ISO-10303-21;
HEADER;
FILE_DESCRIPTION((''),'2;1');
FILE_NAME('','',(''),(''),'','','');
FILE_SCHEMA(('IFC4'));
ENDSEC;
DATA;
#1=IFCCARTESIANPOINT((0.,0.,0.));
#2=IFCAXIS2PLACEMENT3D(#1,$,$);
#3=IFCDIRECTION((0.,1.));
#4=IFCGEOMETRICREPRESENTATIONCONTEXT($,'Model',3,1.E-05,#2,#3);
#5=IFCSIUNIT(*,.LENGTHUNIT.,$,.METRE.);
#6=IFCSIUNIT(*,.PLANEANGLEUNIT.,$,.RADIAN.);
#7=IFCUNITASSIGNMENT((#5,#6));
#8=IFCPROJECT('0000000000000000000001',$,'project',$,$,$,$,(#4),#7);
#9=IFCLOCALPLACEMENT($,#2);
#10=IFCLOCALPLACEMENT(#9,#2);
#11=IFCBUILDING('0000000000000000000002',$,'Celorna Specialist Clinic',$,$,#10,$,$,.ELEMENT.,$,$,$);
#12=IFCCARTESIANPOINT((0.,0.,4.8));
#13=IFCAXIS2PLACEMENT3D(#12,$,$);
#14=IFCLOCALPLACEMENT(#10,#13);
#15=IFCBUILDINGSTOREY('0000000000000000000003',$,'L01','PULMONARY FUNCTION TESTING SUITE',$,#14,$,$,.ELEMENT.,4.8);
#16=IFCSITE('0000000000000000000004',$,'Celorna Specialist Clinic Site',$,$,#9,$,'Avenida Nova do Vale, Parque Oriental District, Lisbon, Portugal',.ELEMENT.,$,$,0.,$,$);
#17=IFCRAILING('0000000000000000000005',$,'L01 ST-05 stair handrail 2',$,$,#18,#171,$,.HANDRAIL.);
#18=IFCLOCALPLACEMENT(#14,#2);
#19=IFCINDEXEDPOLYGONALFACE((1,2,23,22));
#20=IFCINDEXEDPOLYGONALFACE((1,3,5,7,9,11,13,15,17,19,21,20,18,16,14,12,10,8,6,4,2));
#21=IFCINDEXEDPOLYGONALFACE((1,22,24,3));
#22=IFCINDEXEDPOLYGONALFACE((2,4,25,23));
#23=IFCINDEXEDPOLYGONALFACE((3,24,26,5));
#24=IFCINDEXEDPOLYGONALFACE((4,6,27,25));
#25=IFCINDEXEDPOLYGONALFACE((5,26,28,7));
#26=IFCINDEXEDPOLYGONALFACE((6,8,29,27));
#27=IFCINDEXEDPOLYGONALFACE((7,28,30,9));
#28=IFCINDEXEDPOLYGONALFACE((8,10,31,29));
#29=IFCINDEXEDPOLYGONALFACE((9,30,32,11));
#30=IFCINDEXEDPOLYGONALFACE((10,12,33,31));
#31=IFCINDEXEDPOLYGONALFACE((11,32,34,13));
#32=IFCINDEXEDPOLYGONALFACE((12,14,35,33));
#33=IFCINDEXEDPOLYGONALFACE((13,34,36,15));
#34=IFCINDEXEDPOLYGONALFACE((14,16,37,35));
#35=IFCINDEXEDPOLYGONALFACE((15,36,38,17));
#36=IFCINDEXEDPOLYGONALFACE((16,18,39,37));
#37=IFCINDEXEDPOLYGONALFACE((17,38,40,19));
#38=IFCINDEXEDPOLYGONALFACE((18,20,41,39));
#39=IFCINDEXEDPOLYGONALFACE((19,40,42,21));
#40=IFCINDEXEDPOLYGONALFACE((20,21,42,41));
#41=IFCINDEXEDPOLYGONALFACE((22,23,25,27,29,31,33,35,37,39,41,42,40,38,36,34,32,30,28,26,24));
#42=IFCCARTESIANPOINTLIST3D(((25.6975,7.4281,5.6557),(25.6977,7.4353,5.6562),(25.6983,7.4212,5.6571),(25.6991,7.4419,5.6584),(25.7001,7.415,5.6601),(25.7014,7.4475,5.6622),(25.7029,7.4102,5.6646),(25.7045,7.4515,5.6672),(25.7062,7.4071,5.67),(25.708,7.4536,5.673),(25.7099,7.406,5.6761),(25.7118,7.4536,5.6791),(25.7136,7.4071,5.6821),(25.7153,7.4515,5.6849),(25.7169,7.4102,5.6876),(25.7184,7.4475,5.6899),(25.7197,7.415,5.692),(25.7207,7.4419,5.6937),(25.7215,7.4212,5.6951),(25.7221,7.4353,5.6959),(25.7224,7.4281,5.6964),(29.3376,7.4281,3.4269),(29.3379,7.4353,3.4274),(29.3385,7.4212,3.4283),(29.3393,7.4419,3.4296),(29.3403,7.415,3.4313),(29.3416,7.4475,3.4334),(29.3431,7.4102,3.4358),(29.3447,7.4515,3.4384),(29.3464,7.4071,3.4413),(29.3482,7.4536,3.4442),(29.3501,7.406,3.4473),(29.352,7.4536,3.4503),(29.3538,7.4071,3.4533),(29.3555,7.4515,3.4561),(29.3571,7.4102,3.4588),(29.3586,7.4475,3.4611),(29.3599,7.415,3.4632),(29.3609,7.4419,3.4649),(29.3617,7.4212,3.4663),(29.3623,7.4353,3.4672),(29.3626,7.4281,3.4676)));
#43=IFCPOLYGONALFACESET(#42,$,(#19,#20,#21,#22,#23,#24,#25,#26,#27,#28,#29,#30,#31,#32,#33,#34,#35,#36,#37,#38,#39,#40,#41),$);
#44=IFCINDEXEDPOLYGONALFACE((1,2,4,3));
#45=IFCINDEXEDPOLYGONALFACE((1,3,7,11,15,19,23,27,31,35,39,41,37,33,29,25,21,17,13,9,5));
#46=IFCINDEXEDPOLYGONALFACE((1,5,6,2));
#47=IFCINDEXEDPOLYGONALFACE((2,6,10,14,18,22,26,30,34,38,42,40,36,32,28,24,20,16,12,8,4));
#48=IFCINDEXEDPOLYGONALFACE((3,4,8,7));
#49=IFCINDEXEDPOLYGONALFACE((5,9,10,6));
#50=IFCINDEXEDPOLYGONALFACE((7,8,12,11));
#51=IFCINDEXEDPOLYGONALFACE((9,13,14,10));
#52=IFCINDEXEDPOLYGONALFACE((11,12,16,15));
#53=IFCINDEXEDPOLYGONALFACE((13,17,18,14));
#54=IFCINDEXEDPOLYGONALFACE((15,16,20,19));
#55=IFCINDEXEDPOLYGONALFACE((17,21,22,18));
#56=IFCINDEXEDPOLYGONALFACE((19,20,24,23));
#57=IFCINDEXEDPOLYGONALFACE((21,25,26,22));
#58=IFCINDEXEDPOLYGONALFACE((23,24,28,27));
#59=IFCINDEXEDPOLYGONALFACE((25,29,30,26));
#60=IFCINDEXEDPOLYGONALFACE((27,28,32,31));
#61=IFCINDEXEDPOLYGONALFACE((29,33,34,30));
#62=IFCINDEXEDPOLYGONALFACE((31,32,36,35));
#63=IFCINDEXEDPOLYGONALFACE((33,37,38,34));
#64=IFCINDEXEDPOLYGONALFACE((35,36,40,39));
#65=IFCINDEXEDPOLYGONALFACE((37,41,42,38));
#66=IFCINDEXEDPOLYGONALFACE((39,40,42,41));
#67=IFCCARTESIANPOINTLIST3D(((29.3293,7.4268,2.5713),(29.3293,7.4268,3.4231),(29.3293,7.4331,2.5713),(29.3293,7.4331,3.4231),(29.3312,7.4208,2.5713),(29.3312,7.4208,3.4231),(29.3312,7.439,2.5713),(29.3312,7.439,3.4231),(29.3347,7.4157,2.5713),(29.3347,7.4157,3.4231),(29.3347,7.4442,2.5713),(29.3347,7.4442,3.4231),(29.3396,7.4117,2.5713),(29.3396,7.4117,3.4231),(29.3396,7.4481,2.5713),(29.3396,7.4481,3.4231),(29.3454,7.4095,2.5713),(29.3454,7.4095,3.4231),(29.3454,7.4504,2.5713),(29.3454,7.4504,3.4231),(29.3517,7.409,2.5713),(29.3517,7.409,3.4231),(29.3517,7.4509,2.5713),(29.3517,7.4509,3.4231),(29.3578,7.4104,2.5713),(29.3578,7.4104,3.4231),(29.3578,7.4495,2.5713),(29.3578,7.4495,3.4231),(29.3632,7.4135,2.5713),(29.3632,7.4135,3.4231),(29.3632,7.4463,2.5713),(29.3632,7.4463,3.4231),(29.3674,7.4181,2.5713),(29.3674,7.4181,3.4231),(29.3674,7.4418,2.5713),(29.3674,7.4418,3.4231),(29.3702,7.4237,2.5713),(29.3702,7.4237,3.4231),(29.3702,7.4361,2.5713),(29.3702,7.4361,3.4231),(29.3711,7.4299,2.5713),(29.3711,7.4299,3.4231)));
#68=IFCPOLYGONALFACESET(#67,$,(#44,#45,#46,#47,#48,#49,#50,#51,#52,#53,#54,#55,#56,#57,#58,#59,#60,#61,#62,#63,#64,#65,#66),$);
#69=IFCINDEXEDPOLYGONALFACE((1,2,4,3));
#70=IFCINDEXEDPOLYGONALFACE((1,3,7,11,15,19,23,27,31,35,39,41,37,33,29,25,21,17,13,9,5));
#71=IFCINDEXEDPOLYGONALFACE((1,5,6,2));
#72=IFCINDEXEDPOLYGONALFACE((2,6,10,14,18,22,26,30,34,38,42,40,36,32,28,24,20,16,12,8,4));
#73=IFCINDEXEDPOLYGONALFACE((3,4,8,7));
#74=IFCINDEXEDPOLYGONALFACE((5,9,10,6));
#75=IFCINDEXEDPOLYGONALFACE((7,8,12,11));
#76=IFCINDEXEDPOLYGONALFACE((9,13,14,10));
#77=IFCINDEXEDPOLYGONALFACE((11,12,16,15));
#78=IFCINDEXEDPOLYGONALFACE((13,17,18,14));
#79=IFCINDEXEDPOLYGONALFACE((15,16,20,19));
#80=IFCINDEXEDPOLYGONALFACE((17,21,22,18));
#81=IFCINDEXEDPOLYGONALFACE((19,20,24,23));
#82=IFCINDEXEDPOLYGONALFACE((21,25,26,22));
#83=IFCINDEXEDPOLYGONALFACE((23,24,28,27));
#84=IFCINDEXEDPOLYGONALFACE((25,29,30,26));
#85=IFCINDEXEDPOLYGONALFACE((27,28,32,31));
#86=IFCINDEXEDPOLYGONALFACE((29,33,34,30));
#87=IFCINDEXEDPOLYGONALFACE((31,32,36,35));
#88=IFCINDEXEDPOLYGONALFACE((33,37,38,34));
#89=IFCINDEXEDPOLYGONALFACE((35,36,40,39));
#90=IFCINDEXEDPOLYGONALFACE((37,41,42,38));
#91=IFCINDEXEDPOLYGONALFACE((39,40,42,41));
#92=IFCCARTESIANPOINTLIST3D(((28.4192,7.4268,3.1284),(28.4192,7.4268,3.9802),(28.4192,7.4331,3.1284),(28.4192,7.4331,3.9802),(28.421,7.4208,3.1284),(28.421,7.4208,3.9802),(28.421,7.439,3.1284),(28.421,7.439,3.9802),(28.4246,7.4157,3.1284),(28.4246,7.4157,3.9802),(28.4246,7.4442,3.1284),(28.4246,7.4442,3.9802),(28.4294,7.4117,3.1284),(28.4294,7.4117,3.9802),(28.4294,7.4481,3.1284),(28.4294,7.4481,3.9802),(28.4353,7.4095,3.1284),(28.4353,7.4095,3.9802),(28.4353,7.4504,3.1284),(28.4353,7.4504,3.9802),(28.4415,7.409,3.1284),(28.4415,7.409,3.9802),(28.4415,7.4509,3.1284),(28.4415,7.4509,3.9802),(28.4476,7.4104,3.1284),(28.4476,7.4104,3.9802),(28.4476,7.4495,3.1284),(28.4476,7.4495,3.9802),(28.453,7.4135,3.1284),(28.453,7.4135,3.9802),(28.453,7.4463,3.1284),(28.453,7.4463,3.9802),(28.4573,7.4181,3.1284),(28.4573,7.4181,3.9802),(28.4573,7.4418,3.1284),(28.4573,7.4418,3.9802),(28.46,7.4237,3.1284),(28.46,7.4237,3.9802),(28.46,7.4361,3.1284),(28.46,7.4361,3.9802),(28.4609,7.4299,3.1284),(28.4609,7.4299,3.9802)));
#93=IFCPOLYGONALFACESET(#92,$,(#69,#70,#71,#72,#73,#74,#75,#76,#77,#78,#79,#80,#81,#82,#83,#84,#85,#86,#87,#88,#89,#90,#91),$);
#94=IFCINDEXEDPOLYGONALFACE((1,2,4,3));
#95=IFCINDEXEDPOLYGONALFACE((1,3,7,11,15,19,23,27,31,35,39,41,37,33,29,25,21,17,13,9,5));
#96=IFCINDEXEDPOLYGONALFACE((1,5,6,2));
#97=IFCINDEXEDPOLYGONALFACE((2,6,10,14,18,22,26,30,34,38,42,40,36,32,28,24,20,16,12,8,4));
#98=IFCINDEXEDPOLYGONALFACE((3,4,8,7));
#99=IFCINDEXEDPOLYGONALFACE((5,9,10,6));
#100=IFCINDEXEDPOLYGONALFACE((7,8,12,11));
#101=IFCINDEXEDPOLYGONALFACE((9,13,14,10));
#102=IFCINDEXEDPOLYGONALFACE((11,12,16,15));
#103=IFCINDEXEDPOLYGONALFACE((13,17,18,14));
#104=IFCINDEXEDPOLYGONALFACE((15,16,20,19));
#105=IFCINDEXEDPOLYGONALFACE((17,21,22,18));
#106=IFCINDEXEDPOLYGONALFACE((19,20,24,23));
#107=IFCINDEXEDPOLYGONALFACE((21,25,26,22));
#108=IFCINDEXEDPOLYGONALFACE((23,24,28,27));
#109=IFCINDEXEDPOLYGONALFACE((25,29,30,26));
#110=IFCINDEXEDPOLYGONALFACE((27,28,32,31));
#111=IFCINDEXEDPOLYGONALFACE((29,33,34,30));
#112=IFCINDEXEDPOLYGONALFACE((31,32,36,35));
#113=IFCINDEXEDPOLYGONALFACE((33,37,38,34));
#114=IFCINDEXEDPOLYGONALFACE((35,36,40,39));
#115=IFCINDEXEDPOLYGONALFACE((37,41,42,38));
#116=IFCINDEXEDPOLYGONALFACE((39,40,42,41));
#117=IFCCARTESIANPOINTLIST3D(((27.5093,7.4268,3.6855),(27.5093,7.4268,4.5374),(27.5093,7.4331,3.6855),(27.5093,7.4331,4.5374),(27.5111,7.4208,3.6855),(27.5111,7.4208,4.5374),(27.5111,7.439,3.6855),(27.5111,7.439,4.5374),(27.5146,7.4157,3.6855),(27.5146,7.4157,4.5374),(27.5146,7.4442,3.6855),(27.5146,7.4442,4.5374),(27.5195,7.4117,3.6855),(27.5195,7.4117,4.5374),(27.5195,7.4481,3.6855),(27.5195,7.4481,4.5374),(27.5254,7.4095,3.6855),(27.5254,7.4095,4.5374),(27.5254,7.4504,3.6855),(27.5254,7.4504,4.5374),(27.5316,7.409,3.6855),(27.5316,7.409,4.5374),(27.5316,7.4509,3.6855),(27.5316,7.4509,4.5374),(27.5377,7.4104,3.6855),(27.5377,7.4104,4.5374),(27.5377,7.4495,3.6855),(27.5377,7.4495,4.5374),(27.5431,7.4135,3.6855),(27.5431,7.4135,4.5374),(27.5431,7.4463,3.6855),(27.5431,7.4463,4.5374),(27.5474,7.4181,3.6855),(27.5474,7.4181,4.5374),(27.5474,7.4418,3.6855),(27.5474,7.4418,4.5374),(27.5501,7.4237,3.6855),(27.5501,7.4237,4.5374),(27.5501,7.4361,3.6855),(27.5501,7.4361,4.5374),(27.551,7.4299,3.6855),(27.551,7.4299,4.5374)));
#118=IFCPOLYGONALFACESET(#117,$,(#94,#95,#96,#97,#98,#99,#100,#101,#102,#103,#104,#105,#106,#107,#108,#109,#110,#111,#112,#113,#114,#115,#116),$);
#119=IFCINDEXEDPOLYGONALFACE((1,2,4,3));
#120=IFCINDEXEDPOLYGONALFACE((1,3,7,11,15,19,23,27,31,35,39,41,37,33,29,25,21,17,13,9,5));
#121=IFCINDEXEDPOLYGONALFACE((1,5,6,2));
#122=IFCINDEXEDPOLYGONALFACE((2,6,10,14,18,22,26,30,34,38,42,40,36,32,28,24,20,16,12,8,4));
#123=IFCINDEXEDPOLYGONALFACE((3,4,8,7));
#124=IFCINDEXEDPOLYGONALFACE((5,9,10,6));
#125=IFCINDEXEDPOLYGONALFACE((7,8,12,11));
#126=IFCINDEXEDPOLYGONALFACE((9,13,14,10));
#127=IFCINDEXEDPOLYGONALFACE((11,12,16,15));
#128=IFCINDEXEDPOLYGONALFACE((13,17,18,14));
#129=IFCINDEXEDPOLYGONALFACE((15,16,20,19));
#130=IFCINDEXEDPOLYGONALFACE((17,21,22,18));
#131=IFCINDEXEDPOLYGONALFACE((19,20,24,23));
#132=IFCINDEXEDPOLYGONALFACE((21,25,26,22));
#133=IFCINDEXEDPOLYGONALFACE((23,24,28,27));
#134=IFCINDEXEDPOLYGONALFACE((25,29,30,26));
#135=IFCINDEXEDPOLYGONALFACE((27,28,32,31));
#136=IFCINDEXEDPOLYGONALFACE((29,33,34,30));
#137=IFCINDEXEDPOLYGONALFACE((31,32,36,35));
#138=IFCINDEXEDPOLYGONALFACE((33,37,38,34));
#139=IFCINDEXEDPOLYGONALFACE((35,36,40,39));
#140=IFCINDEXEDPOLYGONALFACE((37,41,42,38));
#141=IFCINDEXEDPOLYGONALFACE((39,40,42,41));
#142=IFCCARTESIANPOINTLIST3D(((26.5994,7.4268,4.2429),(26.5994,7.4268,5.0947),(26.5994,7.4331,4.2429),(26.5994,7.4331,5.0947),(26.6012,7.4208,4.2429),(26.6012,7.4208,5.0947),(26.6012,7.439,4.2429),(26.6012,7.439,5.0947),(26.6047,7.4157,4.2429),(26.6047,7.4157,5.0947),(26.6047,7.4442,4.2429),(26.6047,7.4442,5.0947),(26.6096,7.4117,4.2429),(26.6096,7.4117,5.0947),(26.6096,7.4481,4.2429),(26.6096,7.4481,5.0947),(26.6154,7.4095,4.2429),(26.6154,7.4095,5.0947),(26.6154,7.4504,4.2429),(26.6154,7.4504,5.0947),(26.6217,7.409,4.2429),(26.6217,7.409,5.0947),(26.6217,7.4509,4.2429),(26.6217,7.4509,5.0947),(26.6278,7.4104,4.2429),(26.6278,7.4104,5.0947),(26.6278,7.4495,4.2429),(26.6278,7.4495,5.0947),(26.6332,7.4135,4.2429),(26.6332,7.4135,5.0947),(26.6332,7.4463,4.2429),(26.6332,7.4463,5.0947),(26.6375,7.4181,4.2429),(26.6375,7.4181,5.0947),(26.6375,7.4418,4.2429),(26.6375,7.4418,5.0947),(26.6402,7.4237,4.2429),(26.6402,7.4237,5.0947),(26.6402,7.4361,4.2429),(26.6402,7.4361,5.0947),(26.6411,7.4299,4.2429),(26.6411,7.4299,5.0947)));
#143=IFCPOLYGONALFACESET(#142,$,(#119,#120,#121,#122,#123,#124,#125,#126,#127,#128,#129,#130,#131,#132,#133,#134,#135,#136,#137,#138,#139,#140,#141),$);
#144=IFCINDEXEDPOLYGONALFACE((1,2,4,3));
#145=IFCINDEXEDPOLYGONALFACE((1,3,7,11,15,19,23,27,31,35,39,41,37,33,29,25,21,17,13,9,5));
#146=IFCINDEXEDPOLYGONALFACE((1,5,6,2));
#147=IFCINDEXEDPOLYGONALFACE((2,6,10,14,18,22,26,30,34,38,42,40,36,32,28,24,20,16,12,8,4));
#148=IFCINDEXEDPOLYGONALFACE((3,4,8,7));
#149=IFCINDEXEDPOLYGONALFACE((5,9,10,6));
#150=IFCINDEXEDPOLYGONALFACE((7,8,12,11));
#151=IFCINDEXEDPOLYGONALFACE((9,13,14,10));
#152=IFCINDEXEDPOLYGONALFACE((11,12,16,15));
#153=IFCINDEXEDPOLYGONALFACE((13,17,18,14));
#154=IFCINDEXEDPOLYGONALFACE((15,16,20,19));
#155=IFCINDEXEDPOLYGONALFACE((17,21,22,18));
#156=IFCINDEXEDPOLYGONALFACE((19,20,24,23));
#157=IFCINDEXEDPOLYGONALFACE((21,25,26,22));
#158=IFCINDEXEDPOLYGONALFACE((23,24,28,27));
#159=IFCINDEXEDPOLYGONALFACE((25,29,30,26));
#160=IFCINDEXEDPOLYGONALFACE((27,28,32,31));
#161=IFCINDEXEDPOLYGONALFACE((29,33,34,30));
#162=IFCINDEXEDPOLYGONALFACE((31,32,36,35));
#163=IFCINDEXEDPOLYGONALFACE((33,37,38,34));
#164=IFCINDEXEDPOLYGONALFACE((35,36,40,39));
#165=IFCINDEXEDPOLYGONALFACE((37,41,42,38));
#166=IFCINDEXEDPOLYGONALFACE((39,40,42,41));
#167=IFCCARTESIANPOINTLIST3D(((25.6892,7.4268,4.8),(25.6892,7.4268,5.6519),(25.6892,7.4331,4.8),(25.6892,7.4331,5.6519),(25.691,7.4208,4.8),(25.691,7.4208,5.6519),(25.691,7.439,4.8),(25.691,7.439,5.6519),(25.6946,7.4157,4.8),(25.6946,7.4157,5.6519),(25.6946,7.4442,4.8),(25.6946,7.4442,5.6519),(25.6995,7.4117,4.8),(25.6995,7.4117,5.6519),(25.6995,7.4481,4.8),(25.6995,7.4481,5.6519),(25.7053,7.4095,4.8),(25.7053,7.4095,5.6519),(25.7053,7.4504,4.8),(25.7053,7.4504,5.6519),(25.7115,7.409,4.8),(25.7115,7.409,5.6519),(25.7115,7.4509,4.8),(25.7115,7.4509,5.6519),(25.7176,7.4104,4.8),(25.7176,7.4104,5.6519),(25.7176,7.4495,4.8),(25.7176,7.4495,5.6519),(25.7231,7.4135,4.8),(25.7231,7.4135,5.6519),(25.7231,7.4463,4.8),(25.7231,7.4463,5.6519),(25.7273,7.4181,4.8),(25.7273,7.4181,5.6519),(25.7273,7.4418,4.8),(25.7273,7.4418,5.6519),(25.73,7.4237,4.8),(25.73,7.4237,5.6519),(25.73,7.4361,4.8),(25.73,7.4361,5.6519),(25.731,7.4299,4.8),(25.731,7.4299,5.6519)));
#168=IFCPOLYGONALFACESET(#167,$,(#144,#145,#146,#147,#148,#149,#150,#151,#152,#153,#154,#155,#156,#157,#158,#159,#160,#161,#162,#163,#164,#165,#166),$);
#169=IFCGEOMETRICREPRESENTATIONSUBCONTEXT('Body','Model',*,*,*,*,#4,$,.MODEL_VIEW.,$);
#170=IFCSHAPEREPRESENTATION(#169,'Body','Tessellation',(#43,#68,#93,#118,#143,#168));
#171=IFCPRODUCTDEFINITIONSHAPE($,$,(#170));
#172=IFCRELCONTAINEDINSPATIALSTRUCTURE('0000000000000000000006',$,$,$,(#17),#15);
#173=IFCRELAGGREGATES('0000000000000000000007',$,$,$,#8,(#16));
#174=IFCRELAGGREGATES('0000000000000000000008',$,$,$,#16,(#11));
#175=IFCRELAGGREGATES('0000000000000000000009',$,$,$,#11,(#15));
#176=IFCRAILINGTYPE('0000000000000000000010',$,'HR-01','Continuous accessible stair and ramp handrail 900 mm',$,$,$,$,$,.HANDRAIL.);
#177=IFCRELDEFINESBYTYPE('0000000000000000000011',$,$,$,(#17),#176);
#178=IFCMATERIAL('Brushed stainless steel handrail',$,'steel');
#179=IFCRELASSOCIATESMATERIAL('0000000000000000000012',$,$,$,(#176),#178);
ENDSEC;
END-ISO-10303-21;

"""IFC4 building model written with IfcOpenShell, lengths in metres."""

from ifc_helpers import new_model, si_unit, direction, frame, origin, origin_2d, place, context, subcontext, project, spatial, circle, extrude, material, type_object, element, save


model = new_model("IFC4")

# Units and contexts
model_context = context("Model", 3, precision=1e-05, world=origin(), true_north=direction((0.0, 1.0)))
body_context = subcontext(model_context, "Body", "Model", "MODEL_VIEW")
ifc_project = project(units=[si_unit("LENGTHUNIT", "METRE"), si_unit("PLANEANGLEUNIT", "RADIAN")], contexts=[model_context])

# Site, building, storey
site_placement = place(None, origin())
site = spatial("IfcSite", under=ifc_project, at=site_placement, Name="Celorna Specialist Clinic Site", LongName="Avenida Nova do Vale, Parque Oriental District, Lisbon, Portugal", CompositionType="ELEMENT", RefElevation=0.0)
building_placement = place(site_placement, origin())
building = spatial("IfcBuilding", under=site, at=building_placement, Name="Celorna Specialist Clinic", CompositionType="ELEMENT")
storey_placement = place(building_placement, frame((0.0, 0.0, 4.8)))
storey = spatial("IfcBuildingStorey", under=building, at=storey_placement, Name="L01", Description="PULMONARY FUNCTION TESTING SUITE", CompositionType="ELEMENT", Elevation=4.8)

# Railing
ifc_material_1 = material(Name="Brushed stainless steel handrail", Category="steel")
railing_type_1 = type_object("IfcRailingType", Name="HR-01", Description="Continuous accessible stair and ramp handrail 900 mm", PredefinedType="HANDRAIL", material=ifc_material_1)
railing_1_placement = place(storey_placement, frame((29.3501, 7.4299, 2.5713)))
element("IfcRailing", 1, at=railing_1_placement, inside=storey, type_object=railing_type_1, Name="L01 ST-05 stair handrail 2", PredefinedType="HANDRAIL", context=body_context, shape_type="SweptSolid", body=[
    extrude(circle(Radius=0.0239, at=origin_2d()), frame((0.0, 0.0, 0.876), z_axis=(-0.85284, 0.0, 0.522172), x_axis=(0.0, -1.0, 0.0)), (0.0, 0.0, 1.0), 4.2683),
    extrude(circle(Radius=0.021, at=origin_2d()), origin(), (0.0, 0.0, 1.0), 0.8518),
    extrude(circle(Radius=0.021, at=origin_2d()), frame((-0.9102, 0.0, 0.5571)), (0.0, 0.0, 1.0), 0.8518),
    extrude(circle(Radius=0.021, at=origin_2d()), frame((-1.8201, 0.0, 1.1143)), (0.0, 0.0, 1.0), 0.8518),
    extrude(circle(Radius=0.021, at=origin_2d()), frame((-2.73, 0.0, 1.6716)), (0.0, 0.0, 1.0), 0.8518),
    extrude(circle(Radius=0.021, at=origin_2d()), frame((-3.6401, 0.0, 2.2288)), (0.0, 0.0, 1.0), 0.8518),
])

save(model, "model.ifc")
